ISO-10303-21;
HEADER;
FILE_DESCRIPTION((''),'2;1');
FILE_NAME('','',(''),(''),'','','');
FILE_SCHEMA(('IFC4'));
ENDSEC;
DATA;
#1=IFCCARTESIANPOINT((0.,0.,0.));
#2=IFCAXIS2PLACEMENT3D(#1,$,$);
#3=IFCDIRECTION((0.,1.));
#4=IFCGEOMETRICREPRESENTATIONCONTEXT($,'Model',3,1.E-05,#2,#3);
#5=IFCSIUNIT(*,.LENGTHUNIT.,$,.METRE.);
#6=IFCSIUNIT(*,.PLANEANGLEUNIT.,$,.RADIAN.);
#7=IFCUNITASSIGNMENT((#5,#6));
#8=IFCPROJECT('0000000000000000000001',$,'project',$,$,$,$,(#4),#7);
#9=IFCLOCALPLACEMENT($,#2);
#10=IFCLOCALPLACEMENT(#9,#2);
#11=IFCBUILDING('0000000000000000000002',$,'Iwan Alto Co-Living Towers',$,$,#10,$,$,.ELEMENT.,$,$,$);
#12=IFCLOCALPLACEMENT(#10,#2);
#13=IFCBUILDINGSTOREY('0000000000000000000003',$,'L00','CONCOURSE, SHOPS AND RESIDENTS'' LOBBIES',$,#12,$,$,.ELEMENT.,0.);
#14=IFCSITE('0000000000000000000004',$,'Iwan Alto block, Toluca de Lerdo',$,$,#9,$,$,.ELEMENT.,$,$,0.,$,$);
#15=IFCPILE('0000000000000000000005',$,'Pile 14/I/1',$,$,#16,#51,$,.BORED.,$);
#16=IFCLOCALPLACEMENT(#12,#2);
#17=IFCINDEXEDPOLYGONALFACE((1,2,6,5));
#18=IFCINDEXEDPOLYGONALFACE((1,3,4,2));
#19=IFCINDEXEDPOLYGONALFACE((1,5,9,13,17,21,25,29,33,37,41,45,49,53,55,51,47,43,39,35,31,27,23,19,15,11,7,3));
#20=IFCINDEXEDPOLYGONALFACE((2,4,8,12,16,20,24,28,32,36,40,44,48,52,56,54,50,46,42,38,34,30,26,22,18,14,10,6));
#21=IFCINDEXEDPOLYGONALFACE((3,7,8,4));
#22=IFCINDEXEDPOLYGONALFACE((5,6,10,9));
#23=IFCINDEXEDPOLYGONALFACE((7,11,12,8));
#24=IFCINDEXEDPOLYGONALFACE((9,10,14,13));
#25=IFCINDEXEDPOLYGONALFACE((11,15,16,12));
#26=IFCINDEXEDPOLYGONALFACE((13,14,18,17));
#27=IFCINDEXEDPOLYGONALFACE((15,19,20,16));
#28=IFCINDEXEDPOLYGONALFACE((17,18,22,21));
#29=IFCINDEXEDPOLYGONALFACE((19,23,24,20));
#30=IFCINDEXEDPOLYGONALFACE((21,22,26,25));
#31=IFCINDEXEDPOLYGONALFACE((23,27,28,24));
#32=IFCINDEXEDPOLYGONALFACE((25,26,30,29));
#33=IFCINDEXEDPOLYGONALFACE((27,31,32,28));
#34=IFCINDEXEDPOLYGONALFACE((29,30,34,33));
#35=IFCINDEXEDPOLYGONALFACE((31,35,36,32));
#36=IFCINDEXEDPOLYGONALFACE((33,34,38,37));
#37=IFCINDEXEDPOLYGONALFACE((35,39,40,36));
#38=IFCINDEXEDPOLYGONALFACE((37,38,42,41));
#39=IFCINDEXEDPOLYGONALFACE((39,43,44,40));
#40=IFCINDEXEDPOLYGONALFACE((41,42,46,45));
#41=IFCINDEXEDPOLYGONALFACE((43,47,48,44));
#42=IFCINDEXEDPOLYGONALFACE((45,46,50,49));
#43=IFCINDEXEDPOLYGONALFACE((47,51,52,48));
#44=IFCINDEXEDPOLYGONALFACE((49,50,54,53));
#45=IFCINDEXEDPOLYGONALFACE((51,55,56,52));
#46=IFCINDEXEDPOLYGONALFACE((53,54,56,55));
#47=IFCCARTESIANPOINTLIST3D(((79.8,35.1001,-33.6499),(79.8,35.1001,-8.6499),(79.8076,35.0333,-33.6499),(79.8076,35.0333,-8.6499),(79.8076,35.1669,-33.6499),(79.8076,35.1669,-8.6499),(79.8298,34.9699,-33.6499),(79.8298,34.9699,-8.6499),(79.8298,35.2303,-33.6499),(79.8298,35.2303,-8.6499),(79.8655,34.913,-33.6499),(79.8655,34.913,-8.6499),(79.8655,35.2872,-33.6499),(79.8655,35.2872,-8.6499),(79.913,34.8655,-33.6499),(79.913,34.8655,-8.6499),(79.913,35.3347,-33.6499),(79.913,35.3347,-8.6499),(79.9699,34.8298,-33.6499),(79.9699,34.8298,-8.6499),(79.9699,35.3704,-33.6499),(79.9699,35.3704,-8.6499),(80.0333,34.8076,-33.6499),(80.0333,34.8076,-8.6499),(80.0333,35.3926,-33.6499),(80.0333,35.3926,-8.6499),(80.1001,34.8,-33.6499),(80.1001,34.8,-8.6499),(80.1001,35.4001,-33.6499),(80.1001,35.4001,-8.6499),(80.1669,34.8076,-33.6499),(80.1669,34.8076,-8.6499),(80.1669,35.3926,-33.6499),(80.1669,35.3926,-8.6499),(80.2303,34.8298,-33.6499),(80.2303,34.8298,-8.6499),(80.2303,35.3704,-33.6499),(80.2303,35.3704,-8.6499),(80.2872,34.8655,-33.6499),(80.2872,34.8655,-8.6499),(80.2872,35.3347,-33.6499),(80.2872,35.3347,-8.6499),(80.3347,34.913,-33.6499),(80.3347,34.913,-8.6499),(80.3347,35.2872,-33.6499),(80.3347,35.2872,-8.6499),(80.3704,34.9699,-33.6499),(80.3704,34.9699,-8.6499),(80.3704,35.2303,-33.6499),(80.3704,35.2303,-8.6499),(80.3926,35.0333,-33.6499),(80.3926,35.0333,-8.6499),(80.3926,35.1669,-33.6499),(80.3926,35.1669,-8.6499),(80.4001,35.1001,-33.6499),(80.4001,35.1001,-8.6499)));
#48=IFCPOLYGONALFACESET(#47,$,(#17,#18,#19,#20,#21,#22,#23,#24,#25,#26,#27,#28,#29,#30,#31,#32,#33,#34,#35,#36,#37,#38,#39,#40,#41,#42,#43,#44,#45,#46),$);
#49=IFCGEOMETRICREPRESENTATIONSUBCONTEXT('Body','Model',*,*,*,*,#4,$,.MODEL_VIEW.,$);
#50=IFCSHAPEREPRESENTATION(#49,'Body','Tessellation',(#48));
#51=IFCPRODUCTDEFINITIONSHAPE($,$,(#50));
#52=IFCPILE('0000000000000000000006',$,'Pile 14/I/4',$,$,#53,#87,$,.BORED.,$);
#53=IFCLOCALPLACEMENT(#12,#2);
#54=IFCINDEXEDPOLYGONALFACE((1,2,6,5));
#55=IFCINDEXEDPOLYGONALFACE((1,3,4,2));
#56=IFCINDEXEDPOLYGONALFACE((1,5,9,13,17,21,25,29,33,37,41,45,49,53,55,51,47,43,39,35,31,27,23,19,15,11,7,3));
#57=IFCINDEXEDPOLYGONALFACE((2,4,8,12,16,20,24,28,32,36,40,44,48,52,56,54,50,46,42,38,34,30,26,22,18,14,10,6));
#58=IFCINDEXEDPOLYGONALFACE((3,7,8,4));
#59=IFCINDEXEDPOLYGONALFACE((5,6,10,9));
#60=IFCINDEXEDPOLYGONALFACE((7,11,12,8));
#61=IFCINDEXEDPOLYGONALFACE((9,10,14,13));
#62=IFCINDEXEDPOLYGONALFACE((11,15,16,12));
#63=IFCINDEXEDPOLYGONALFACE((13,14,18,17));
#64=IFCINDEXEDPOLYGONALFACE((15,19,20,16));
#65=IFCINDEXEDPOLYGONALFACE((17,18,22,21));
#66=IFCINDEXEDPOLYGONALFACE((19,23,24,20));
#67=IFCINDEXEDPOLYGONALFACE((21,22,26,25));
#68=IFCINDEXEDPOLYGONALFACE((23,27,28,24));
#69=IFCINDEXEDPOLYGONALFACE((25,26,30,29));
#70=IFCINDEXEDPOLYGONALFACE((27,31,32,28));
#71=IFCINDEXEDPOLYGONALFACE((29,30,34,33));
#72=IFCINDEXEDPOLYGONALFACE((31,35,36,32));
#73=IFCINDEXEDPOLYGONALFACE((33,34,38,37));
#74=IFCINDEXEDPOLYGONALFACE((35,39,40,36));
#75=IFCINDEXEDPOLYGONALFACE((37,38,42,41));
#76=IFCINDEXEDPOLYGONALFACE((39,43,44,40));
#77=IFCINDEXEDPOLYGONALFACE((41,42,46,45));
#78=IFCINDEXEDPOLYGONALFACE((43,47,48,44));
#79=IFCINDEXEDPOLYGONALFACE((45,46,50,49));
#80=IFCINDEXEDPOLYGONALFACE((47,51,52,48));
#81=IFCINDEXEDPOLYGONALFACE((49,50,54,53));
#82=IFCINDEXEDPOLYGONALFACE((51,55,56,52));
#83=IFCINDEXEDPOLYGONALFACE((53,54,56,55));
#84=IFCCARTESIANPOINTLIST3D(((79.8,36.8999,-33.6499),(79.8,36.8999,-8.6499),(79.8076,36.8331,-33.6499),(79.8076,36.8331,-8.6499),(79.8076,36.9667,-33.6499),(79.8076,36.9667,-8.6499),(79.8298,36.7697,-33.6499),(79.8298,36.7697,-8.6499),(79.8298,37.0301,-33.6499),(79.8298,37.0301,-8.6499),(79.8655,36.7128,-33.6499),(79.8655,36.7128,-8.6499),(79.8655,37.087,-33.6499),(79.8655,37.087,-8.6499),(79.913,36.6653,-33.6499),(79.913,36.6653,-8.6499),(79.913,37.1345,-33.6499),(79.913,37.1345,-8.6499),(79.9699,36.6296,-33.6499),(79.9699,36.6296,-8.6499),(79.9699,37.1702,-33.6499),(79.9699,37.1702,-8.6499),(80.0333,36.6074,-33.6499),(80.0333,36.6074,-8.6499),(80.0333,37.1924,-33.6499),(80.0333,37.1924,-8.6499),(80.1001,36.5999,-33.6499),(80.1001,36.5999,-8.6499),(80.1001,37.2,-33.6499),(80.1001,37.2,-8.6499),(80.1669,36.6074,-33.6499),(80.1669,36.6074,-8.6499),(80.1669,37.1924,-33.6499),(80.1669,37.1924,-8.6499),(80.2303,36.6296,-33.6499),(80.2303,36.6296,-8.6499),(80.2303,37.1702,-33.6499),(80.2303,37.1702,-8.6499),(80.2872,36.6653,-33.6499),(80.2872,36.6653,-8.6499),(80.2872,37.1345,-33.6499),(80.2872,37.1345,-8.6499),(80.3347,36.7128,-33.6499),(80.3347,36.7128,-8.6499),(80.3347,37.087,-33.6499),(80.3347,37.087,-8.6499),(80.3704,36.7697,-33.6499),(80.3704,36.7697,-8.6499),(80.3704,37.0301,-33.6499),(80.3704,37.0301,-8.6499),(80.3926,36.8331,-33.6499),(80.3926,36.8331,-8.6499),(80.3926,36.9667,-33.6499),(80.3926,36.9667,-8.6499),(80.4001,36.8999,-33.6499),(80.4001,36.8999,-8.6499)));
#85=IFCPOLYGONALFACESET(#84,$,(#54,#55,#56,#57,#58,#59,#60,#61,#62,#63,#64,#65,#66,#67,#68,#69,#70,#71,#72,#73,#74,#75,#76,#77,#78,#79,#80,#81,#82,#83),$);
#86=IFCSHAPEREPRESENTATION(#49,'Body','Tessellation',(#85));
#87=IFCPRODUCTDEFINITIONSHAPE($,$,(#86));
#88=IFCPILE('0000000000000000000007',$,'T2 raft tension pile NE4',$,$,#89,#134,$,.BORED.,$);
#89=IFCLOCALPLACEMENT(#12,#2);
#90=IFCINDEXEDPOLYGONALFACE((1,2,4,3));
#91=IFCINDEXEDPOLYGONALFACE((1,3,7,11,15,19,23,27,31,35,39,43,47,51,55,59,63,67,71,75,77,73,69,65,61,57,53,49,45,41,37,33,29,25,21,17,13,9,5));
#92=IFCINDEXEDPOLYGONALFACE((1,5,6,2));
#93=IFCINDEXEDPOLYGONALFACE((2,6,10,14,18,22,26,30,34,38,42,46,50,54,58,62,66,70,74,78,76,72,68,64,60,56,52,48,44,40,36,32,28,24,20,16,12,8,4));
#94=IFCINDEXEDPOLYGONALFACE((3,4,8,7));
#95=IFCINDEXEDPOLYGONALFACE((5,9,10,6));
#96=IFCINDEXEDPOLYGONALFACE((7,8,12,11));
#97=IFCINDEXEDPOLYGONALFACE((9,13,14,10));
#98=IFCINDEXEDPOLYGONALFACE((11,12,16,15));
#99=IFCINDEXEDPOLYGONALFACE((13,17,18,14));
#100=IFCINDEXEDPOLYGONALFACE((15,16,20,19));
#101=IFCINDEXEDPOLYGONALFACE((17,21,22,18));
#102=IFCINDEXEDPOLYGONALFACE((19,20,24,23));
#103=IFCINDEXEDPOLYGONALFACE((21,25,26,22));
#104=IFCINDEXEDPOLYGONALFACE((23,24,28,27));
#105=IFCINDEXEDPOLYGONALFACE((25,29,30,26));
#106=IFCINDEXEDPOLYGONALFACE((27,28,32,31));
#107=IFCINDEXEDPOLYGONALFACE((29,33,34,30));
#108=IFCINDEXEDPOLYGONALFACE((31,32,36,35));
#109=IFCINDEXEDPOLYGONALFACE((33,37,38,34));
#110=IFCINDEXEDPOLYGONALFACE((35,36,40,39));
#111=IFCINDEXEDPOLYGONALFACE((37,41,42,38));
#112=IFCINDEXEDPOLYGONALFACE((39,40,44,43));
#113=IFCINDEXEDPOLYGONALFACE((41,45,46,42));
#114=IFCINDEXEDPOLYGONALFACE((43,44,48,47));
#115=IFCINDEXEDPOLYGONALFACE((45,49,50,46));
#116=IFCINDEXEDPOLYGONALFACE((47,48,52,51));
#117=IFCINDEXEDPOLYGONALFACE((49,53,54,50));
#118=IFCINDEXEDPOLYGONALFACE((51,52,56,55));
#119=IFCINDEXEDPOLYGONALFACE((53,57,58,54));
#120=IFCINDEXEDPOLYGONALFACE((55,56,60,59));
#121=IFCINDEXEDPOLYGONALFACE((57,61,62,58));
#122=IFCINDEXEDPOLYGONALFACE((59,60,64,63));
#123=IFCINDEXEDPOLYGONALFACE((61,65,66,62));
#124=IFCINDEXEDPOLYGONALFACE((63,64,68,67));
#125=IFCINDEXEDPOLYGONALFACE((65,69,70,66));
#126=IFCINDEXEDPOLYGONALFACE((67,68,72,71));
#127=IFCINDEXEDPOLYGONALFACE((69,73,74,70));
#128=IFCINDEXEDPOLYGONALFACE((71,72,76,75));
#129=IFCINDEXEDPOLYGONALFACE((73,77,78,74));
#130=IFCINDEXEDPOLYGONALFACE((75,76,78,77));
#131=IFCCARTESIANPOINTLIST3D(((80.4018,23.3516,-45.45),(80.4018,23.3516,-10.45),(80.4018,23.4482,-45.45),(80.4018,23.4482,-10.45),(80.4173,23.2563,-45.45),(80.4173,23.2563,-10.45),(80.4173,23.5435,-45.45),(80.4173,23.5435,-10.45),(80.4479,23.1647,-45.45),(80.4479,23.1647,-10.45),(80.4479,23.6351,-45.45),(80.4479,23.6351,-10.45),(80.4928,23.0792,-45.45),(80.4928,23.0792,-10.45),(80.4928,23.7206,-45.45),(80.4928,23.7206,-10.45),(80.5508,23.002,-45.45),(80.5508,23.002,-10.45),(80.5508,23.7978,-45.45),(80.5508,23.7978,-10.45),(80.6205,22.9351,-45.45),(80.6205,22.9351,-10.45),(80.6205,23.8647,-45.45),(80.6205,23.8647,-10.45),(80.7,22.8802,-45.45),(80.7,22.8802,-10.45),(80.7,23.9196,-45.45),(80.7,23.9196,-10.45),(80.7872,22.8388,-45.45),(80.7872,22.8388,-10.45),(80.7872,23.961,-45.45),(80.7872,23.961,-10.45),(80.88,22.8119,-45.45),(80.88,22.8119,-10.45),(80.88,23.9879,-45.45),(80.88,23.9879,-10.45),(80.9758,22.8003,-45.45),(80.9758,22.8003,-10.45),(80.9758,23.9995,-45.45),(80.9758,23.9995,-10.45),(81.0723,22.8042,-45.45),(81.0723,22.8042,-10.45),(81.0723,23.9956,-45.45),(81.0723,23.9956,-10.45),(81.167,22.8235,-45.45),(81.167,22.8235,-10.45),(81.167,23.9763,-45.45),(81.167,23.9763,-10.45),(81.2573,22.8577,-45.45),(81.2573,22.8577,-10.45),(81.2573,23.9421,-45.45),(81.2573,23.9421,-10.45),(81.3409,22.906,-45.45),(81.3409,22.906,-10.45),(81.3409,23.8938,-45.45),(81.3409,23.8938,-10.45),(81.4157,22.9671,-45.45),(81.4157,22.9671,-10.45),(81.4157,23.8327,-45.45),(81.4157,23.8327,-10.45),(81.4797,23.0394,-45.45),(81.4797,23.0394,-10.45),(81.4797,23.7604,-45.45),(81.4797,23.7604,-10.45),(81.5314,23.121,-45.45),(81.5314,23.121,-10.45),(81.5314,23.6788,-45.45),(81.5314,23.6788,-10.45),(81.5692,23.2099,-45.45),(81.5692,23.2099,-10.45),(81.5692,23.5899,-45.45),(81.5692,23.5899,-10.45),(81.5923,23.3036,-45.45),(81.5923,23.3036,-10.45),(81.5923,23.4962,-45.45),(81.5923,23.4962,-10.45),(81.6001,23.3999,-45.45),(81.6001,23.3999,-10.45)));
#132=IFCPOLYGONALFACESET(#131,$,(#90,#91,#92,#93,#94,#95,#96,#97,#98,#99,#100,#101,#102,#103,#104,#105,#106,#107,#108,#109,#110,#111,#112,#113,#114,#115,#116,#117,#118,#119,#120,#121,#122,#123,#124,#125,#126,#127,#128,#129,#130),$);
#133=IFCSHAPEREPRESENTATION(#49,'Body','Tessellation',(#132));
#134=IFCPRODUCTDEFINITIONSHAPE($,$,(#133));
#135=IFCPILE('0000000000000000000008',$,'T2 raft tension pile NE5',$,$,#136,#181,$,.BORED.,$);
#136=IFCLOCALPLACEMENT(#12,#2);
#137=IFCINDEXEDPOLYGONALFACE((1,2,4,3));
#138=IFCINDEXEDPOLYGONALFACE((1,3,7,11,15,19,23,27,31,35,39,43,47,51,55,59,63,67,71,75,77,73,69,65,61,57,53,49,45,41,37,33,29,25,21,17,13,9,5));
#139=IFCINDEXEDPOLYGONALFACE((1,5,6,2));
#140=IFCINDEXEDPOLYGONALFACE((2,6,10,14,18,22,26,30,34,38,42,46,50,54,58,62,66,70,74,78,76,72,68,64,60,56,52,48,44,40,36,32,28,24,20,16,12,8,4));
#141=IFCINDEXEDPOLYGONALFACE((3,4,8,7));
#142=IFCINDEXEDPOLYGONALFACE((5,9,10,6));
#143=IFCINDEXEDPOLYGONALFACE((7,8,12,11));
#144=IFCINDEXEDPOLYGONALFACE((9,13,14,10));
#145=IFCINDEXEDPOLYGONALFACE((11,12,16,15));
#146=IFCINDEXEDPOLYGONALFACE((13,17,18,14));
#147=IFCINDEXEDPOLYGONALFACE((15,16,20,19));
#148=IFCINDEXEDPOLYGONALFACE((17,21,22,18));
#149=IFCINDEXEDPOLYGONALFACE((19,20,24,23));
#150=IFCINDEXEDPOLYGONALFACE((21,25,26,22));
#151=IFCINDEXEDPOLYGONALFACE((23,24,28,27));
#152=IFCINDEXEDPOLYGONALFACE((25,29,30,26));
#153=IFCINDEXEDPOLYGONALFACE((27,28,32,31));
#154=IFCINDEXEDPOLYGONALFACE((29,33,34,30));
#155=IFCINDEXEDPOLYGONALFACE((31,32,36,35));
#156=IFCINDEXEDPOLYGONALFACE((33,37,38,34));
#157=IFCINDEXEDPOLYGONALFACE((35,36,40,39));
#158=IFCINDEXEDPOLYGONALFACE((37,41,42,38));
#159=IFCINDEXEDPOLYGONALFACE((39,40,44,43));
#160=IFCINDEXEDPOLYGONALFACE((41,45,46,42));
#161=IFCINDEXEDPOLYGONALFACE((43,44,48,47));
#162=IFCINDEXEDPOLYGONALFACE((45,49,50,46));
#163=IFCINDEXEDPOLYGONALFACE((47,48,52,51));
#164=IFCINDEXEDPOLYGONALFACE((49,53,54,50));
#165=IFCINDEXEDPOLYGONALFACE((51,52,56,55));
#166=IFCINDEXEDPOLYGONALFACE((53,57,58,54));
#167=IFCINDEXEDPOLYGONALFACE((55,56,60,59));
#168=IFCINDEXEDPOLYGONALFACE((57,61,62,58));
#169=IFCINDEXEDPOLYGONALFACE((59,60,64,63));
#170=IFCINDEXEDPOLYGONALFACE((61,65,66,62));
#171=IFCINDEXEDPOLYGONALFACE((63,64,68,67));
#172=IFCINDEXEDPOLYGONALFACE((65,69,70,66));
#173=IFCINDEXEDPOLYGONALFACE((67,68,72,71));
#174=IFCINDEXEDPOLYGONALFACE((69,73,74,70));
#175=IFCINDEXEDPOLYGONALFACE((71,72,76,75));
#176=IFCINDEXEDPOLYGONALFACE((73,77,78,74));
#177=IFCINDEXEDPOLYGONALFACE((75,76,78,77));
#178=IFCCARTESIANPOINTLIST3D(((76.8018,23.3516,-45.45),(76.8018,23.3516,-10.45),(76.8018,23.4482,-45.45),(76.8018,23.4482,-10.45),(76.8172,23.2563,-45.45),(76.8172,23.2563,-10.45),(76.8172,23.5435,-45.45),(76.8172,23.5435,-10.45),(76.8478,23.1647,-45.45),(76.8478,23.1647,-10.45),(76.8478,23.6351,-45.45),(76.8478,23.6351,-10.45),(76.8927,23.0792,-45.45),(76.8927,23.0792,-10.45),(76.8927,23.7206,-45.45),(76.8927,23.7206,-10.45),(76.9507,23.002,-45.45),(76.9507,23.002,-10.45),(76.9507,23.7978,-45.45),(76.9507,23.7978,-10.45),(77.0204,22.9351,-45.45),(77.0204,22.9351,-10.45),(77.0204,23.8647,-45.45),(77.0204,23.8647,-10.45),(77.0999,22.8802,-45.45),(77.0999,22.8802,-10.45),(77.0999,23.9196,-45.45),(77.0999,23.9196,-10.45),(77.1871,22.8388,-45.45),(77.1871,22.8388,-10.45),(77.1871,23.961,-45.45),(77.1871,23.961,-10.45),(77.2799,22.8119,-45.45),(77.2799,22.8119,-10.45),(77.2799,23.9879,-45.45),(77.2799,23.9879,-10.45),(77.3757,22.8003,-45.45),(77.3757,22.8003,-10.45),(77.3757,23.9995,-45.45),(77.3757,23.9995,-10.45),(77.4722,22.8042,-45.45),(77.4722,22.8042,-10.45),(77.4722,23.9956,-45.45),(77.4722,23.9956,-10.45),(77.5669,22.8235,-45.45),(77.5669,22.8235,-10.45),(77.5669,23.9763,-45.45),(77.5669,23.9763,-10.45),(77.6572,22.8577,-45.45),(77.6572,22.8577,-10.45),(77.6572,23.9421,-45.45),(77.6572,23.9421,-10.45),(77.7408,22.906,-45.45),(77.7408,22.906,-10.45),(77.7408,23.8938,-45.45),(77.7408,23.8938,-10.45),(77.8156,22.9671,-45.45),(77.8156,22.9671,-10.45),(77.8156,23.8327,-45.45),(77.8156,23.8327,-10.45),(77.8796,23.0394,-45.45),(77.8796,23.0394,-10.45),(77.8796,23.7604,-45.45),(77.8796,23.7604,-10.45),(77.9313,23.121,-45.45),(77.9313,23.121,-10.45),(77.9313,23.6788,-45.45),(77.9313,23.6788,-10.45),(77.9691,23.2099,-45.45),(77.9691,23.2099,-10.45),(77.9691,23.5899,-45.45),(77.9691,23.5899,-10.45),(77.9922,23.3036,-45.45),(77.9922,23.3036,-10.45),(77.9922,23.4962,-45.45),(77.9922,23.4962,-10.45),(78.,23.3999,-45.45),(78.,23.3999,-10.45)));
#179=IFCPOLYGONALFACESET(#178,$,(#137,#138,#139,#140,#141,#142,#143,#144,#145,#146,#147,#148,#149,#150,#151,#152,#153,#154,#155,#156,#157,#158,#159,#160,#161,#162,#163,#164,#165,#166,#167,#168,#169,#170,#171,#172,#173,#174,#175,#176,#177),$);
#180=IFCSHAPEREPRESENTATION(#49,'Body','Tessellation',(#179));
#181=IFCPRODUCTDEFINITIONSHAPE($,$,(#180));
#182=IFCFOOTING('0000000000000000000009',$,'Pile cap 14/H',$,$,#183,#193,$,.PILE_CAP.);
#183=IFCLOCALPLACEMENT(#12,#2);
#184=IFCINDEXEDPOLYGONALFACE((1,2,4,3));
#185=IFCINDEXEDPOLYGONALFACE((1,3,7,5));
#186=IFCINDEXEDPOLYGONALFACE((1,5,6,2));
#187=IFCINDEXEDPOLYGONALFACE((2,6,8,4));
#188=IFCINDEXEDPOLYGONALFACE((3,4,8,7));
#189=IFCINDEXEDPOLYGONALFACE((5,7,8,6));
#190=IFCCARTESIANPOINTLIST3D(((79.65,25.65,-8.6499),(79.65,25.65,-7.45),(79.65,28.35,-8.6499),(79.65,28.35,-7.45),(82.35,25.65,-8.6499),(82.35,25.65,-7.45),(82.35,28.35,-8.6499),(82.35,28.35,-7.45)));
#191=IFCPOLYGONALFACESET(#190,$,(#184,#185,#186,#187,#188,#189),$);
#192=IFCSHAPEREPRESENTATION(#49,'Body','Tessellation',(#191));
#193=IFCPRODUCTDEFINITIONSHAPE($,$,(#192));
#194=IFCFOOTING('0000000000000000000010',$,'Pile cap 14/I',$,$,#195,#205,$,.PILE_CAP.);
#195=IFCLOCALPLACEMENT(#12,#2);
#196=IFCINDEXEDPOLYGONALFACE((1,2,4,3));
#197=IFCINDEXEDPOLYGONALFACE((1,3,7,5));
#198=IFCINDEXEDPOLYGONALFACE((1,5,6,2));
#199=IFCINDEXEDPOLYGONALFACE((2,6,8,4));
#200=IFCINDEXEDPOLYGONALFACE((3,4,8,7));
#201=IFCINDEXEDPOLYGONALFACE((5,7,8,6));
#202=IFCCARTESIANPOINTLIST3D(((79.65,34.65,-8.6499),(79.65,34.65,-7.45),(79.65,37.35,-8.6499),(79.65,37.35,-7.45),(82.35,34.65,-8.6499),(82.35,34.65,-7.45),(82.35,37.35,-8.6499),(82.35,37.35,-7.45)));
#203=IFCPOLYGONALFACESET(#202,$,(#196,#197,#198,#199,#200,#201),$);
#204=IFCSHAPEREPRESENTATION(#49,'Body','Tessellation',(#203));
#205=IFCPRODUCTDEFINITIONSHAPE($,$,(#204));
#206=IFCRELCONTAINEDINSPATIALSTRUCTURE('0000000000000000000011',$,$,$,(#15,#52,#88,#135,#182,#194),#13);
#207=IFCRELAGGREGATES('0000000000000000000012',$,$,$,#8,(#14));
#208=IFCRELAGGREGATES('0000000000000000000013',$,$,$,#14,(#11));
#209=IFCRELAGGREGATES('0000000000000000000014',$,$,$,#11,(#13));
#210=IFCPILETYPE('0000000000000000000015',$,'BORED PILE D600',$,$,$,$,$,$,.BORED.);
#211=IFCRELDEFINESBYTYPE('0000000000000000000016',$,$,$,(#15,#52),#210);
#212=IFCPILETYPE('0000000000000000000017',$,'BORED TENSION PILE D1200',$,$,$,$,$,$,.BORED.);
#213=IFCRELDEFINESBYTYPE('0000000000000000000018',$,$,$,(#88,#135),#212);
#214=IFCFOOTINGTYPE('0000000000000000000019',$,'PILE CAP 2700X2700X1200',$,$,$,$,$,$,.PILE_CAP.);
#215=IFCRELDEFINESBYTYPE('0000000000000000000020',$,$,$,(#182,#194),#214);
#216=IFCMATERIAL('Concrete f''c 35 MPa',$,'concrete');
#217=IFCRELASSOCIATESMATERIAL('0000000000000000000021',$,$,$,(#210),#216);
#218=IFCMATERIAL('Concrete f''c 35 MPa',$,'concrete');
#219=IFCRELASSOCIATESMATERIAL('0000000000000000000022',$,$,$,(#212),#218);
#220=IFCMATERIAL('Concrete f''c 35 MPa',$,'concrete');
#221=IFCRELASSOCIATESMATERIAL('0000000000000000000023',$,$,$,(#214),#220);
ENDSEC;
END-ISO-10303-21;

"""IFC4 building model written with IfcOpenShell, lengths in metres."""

from ifc_helpers import new_model, si_unit, direction, frame, origin, origin_2d, place, context, subcontext, project, spatial, rectangle, circle, extrude, material, material_profile, profile_set, type_object, element, save


model = new_model("IFC4")

# Units and contexts
model_context = context("Model", 3, precision=1e-05, world=origin(), true_north=direction((0.0, 1.0)))
body_context = subcontext(model_context, "Body", "Model", "MODEL_VIEW")
ifc_project = project(units=[si_unit("LENGTHUNIT", "METRE"), si_unit("PLANEANGLEUNIT", "RADIAN")], contexts=[model_context])

# Site, building, storey
site_placement = place(None, origin())
site = spatial("IfcSite", under=ifc_project, at=site_placement, Name="Iwan Alto block, Toluca de Lerdo", CompositionType="ELEMENT", RefElevation=0.0)
building_placement = place(site_placement, origin())
building = spatial("IfcBuilding", under=site, at=building_placement, Name="Iwan Alto Co-Living Towers", CompositionType="ELEMENT")
storey_placement = place(building_placement, origin())
storey = spatial("IfcBuildingStorey", under=building, at=storey_placement, Name="L00", Description="CONCOURSE, SHOPS AND RESIDENTS' LOBBIES", CompositionType="ELEMENT", Elevation=0.0)

# Piles
ifc_material_1 = material(Name="Concrete f'c 35 MPa", Category="concrete")
ifc_material_profile_1 = material_profile(ifc_material_1, circle(Radius=0.3, at=origin_2d()), Name="D600")
ifc_profile_set_1 = profile_set([ifc_material_profile_1], Name="Concrete f'c 35 MPa")
pile_type_1 = type_object("IfcPileType", Name="BORED PILE D600", PredefinedType="BORED", material=ifc_profile_set_1)
for number, where, z_axis, x_axis, name in (
    (1, (80.1001, 35.1001, -8.6499), (0.0, 0.0, -1.0), (1.0, 0.0, 0.0), "Pile 14/I/1"),
    (2, (80.1001, 36.8999, -8.6499), (0.0, 0.0, -1.0), (1.0, 0.0, 0.0), "Pile 14/I/4"),
):
    element("IfcPile", number, at=place(storey_placement, frame(where, z_axis=z_axis, x_axis=x_axis)), inside=storey, type_object=pile_type_1, Name=name, PredefinedType="BORED", context=body_context, shape_type="SweptSolid", body=[
        extrude(circle(Radius=0.3, at=origin_2d()), origin(), (0.0, 0.0, 1.0), 25.0),
    ])
ifc_material_2 = material(Name="Concrete f'c 35 MPa", Category="concrete")
ifc_material_profile_2 = material_profile(ifc_material_2, circle(Radius=0.6001, at=origin_2d()), Name="D1200")
ifc_profile_set_2 = profile_set([ifc_material_profile_2], Name="Concrete f'c 35 MPa")
pile_type_2 = type_object("IfcPileType", Name="BORED TENSION PILE D1200", PredefinedType="BORED", material=ifc_profile_set_2)
for number, where, z_axis, x_axis, name in (
    (3, (81.0, 23.3999, -10.45), (0.0, 0.0, -1.0), (1.0, 0.0, 0.0), "T2 raft tension pile NE4"),
    (4, (77.3999, 23.3999, -10.45), (0.0, 0.0, -1.0), (1.0, 0.0, 0.0), "T2 raft tension pile NE5"),
):
    element("IfcPile", number, at=place(storey_placement, frame(where, z_axis=z_axis, x_axis=x_axis)), inside=storey, type_object=pile_type_2, Name=name, PredefinedType="BORED", context=body_context, shape_type="SweptSolid", body=[
        extrude(circle(Radius=0.6001, at=origin_2d()), origin(), (0.0, 0.0, 1.0), 35.0),
    ])

# Footings
ifc_material_3 = material(Name="Concrete f'c 35 MPa", Category="concrete")
footing_type = type_object("IfcFootingType", Name="PILE CAP 2700X2700X1200", PredefinedType="PILE_CAP", material=ifc_material_3)
for number, where, z_axis, x_axis, name in (
    (5, (81.0, 27.0, -8.6499), (0.0, 0.0, 1.0), (1.0, 0.0, 0.0), "Pile cap 14/H"),
    (6, (81.0, 36.0, -8.6499), (0.0, 0.0, 1.0), (1.0, 0.0, 0.0), "Pile cap 14/I"),
):
    element("IfcFooting", number, at=place(storey_placement, frame(where, z_axis=z_axis, x_axis=x_axis)), inside=storey, type_object=footing_type, Name=name, PredefinedType="PILE_CAP", context=body_context, shape_type="SweptSolid", body=[
        extrude(rectangle(XDim=2.7, YDim=2.7, at=origin_2d()), origin(), (0.0, 0.0, 1.0), 1.2),
    ])

save(model, "model.ifc")
